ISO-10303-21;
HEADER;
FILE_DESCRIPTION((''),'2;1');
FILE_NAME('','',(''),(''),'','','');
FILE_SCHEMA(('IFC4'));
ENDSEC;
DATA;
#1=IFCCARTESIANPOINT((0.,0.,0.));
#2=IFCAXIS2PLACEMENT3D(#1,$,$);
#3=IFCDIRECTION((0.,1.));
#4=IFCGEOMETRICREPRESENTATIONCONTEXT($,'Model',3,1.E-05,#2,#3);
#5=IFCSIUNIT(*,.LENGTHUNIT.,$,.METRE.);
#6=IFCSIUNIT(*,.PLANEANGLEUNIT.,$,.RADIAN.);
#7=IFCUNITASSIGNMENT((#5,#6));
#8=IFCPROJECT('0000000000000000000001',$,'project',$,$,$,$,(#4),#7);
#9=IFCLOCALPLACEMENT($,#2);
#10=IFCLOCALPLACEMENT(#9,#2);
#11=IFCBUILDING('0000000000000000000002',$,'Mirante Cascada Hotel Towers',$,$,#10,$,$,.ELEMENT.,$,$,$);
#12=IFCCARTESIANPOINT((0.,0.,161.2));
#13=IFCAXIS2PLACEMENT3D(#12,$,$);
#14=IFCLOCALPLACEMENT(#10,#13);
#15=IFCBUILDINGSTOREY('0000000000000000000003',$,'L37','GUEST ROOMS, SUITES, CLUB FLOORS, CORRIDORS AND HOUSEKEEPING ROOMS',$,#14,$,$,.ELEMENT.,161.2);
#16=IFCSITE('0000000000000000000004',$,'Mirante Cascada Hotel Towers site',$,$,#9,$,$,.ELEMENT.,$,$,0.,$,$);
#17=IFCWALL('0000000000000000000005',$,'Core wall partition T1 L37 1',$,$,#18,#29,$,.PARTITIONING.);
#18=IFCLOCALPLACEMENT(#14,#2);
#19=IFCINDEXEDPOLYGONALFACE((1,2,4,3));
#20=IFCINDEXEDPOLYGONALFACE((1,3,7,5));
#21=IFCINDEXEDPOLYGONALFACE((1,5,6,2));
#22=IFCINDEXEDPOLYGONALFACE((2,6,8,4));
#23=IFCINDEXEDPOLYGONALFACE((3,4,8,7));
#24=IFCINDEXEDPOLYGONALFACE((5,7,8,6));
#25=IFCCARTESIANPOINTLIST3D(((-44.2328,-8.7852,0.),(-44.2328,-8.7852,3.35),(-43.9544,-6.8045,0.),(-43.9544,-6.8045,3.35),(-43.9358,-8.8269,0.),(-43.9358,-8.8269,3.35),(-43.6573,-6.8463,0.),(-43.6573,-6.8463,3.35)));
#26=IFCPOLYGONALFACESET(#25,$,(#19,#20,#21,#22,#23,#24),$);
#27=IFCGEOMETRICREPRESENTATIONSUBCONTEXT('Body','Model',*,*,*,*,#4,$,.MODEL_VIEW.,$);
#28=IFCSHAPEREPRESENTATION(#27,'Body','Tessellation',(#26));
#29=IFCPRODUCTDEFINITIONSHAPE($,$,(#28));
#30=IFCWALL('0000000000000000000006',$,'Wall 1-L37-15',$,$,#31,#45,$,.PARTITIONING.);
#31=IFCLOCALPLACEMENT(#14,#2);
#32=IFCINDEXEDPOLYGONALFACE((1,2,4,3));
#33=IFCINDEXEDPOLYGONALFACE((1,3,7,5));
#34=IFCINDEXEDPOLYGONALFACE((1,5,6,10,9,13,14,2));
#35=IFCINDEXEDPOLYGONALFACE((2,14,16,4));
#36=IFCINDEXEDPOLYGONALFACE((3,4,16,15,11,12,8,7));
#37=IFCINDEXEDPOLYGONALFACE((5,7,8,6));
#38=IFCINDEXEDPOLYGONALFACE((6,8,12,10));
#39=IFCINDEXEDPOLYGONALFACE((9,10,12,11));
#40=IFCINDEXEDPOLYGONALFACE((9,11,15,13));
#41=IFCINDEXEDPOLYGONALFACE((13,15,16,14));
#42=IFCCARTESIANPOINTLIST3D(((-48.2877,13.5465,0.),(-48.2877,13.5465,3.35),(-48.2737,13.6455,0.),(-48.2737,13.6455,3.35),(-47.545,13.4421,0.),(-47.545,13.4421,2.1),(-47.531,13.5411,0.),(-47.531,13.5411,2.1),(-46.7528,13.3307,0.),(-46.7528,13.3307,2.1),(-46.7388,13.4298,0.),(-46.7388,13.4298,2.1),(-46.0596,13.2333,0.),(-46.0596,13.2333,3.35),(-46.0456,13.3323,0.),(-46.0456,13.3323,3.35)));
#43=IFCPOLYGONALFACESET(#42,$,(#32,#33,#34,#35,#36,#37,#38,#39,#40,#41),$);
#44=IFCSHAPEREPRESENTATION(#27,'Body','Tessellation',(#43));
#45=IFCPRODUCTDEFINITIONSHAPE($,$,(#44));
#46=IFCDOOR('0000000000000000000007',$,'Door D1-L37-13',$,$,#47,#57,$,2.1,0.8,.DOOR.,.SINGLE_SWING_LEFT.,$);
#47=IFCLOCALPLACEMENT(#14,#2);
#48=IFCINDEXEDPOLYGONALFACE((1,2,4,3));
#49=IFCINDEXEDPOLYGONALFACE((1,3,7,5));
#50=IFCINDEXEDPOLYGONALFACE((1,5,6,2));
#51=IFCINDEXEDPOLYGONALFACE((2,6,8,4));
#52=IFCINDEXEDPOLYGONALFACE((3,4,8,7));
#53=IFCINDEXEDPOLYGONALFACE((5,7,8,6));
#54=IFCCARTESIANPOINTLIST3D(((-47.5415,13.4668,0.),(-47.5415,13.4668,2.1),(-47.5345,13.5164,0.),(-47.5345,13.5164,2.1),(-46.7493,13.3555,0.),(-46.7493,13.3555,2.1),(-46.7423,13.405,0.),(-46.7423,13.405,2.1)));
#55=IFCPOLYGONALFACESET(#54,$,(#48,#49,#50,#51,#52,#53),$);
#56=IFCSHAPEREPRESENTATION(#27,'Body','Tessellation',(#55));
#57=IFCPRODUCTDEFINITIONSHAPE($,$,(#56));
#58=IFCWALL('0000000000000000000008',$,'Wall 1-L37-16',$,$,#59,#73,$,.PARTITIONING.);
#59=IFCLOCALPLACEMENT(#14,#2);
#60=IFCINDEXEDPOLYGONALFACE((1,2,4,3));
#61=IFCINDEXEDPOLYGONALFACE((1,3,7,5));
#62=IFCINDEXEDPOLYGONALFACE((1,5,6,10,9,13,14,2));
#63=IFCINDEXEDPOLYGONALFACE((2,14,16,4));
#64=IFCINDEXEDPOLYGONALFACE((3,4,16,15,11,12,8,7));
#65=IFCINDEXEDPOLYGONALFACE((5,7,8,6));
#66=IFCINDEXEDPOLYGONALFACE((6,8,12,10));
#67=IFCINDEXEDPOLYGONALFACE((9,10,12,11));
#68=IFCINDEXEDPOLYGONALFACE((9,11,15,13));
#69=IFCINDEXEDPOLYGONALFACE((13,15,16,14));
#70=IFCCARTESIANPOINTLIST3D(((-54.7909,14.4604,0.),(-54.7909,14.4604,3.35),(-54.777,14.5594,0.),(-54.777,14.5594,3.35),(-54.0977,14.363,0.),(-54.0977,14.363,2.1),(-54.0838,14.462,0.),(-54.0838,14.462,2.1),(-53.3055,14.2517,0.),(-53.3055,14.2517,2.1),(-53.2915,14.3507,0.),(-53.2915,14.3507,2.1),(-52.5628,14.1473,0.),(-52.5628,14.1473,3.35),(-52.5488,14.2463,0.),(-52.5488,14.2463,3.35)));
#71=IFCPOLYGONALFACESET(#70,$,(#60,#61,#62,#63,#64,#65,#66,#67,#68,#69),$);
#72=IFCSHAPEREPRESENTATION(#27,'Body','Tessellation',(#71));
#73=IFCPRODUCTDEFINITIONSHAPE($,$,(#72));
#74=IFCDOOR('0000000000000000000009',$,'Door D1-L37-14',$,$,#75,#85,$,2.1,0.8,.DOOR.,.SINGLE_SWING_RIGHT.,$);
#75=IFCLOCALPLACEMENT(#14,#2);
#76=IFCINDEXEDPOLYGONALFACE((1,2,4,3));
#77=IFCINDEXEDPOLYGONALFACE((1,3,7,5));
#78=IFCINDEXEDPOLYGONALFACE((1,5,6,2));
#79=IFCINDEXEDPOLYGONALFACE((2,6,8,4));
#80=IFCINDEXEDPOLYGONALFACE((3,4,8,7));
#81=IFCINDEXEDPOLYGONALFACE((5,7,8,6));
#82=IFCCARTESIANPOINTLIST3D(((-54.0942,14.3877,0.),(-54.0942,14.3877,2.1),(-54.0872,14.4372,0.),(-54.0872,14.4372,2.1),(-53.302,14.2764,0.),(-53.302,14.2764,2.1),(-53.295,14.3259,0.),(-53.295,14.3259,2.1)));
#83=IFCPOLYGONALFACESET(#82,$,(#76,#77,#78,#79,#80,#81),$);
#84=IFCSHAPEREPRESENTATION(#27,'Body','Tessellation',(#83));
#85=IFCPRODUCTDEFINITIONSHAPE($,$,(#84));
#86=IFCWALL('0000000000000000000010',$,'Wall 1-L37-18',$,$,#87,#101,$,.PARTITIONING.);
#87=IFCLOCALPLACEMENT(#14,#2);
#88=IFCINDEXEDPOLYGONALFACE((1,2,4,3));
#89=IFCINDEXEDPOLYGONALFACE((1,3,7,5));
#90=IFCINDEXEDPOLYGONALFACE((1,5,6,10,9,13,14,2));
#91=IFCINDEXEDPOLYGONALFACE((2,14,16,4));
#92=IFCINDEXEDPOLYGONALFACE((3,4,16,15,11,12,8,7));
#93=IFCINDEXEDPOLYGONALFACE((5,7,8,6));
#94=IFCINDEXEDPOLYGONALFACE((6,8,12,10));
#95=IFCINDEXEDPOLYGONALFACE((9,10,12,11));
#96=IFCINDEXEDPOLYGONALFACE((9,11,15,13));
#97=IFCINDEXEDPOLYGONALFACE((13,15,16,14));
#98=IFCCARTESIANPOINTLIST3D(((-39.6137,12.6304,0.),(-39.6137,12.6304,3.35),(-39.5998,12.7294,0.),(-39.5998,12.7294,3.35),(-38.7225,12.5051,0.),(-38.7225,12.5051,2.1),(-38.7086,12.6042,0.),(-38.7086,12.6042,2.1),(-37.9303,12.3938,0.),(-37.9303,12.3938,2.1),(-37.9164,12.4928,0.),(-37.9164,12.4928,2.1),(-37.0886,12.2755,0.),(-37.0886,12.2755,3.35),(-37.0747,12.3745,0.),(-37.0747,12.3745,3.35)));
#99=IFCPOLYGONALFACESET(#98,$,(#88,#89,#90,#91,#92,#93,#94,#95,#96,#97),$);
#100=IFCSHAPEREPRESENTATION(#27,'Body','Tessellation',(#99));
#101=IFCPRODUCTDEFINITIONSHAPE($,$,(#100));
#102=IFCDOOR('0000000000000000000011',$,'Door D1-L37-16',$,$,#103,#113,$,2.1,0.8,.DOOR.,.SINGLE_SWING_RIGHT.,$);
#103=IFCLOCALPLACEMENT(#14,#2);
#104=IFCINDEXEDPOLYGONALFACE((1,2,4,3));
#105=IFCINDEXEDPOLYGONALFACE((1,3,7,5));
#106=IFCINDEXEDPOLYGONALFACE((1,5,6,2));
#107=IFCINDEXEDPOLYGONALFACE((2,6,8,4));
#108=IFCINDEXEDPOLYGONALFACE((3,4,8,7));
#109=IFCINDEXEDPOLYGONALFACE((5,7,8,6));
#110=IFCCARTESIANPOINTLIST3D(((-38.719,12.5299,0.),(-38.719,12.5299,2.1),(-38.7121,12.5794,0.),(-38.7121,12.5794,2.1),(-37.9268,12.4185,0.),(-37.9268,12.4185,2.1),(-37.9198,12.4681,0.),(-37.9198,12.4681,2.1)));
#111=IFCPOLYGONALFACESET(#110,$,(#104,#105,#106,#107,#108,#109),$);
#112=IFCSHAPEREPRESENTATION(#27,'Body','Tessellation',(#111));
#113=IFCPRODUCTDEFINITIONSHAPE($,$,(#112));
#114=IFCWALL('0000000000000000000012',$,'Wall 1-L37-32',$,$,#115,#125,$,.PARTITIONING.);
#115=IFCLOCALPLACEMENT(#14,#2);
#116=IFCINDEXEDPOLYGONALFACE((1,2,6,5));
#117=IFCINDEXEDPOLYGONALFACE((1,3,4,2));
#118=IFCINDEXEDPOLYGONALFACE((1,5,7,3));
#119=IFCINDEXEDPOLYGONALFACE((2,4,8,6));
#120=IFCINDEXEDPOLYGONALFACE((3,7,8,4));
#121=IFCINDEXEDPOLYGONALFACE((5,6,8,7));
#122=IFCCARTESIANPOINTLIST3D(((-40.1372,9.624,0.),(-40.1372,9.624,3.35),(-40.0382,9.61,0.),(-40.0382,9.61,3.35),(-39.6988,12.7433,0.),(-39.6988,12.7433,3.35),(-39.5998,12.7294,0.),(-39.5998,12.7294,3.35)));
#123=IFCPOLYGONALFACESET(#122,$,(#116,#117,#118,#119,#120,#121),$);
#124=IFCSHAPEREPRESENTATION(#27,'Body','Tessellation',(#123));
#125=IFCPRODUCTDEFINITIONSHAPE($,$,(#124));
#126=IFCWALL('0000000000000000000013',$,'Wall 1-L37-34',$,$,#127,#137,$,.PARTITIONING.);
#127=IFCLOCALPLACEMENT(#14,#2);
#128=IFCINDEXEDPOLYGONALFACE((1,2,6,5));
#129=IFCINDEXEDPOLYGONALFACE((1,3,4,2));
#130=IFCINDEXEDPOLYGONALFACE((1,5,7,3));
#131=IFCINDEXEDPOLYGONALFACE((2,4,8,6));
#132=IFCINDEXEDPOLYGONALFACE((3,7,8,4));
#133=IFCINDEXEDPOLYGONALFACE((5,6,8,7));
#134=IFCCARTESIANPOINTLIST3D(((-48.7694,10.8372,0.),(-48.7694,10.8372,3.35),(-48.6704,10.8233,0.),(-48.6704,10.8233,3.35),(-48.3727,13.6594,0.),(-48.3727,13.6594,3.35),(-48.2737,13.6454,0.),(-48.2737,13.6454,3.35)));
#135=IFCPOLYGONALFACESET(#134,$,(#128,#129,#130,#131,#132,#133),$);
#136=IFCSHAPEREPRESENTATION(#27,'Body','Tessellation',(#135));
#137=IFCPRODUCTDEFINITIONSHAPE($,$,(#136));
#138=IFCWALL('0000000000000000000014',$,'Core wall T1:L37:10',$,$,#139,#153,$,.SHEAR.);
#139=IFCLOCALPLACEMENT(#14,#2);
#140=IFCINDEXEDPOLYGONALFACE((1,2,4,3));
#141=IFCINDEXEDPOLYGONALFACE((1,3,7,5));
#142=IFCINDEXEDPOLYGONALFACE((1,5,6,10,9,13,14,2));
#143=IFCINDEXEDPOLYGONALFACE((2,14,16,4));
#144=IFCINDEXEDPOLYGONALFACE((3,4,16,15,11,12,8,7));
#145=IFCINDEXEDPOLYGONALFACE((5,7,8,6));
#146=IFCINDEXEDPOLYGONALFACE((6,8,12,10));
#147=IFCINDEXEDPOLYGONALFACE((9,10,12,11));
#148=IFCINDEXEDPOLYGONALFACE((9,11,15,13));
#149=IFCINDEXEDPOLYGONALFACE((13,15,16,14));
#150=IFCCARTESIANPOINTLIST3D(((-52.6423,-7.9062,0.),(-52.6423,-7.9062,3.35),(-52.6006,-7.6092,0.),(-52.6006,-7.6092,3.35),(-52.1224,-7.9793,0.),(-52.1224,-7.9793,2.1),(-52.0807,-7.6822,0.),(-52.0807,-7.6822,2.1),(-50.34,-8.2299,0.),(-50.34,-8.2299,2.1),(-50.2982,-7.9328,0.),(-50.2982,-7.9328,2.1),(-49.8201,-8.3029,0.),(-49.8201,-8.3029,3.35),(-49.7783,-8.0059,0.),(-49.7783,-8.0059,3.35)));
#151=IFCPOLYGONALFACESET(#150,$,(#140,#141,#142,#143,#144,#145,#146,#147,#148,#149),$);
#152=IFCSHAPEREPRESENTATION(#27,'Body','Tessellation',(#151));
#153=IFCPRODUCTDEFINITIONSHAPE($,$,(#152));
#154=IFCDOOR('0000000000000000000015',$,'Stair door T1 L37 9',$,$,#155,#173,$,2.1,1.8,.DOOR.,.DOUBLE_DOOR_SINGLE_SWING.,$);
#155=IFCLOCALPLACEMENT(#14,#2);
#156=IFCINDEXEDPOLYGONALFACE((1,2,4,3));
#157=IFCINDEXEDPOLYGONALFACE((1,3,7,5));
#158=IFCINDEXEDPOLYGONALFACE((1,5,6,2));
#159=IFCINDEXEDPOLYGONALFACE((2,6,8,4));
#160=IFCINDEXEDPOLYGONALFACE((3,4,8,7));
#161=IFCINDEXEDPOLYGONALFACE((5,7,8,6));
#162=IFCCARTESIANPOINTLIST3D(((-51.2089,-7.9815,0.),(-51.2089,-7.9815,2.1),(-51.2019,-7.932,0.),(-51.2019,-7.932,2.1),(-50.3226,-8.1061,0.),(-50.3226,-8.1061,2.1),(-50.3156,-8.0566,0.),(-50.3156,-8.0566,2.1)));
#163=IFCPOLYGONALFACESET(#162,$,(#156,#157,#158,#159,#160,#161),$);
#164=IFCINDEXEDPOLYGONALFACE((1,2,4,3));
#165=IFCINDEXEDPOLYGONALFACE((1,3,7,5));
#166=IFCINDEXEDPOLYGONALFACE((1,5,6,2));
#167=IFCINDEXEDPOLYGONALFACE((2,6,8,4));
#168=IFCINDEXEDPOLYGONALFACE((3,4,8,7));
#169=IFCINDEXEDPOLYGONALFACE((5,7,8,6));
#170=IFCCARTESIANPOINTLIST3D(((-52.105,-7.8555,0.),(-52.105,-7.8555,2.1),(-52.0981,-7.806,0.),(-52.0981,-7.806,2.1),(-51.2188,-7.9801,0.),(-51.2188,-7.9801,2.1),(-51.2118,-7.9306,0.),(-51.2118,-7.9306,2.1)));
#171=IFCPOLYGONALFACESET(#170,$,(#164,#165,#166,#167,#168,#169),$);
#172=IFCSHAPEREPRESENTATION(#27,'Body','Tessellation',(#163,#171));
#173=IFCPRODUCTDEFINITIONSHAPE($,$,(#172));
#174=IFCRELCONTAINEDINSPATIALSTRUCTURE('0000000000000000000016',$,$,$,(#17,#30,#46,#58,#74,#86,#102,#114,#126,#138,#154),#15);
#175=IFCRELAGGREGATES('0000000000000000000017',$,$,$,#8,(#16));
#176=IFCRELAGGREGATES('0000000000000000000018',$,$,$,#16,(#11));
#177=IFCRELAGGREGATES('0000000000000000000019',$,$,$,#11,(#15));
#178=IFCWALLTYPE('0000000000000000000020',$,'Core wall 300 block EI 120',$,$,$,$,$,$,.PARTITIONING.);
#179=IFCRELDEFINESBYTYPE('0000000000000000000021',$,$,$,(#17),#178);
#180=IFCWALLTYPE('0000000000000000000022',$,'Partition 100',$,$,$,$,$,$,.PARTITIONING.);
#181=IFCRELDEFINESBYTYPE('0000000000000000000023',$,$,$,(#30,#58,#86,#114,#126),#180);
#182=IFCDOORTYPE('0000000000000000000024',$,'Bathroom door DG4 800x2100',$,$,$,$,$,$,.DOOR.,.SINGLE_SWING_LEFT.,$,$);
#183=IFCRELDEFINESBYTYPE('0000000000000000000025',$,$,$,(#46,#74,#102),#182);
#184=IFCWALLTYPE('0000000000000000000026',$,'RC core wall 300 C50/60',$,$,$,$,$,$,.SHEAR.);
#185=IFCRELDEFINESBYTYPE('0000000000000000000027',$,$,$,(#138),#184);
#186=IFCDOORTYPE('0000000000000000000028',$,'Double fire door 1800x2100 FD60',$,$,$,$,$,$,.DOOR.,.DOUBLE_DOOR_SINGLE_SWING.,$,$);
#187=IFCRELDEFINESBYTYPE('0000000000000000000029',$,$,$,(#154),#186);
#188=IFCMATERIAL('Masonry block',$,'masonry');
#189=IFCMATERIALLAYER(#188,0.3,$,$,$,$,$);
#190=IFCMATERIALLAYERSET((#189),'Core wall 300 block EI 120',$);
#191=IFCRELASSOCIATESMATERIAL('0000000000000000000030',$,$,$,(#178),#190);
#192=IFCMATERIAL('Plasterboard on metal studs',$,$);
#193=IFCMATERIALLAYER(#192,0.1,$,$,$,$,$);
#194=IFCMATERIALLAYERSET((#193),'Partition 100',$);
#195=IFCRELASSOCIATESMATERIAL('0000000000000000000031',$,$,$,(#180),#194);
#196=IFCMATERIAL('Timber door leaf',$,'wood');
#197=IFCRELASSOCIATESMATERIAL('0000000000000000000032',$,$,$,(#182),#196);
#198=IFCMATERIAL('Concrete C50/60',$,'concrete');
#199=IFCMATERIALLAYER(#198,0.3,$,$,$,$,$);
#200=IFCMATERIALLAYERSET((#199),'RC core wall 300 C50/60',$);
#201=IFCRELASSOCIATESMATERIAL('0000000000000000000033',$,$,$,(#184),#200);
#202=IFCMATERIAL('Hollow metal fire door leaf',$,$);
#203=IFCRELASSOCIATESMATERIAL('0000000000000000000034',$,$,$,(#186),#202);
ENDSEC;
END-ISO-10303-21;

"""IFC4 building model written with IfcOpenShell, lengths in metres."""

from ifc_helpers import new_model, si_unit, direction, frame, frame_2d, origin, place, context, subcontext, project, spatial, rectangle, extrude, material, layer, layer_set, type_object, element, fill, save


model = new_model("IFC4")

# Units and contexts
model_context = context("Model", 3, precision=1e-05, world=origin(), true_north=direction((0.0, 1.0)))
body_context = subcontext(model_context, "Body", "Model", "MODEL_VIEW")
ifc_project = project(units=[si_unit("LENGTHUNIT", "METRE"), si_unit("PLANEANGLEUNIT", "RADIAN")], contexts=[model_context])

# Site, building, storey
site_placement = place(None, origin())
site = spatial("IfcSite", under=ifc_project, at=site_placement, Name="Mirante Cascada Hotel Towers site", CompositionType="ELEMENT", RefElevation=0.0)
building_placement = place(site_placement, origin())
building = spatial("IfcBuilding", under=site, at=building_placement, Name="Mirante Cascada Hotel Towers", CompositionType="ELEMENT")
storey_placement = place(building_placement, frame((0.0, 0.0, 161.2)))
storey = spatial("IfcBuildingStorey", under=building, at=storey_placement, Name="L37", Description="GUEST ROOMS, SUITES, CLUB FLOORS, CORRIDORS AND HOUSEKEEPING ROOMS", CompositionType="ELEMENT", Elevation=161.2)

# Wall
ifc_material_1 = material(Name="Masonry block", Category="masonry")
ifc_layer_1 = layer(ifc_material_1, 0.3)
ifc_layer_set_1 = layer_set([ifc_layer_1], Name="Core wall 300 block EI 120")
wall_type_1 = type_object("IfcWallType", Name="Core wall 300 block EI 120", PredefinedType="PARTITIONING", material=ifc_layer_set_1)
wall_1_placement = place(storey_placement, frame((-44.0843, -8.8061, 0.0), z_axis=(0.0, 0.0, 1.0), x_axis=(0.139195, 0.990265, 0.0)))
element("IfcWall", 1, at=wall_1_placement, inside=storey, type_object=wall_type_1, Name="Core wall partition T1 L37 1", PredefinedType="PARTITIONING", context=body_context, shape_type="SweptSolid", body=[
    extrude(rectangle(XDim=2.0001, YDim=0.3, at=frame_2d((1.0001, 0.0))), origin(), (0.0, 0.0, 1.0), 3.35),
])

# Walls, openings, doors
ifc_material_2 = material(Name="Plasterboard on metal studs")
ifc_layer_2 = layer(ifc_material_2, 0.1)
ifc_layer_set_2 = layer_set([ifc_layer_2], Name="Partition 100")
wall_type_2 = type_object("IfcWallType", Name="Partition 100", PredefinedType="PARTITIONING", material=ifc_layer_set_2)
wall_2_placement = place(storey_placement, frame((-48.2807, 13.596, 0.0), z_axis=(0.0, 0.0, 1.0), x_axis=(0.990264, -0.1392, 0.0)))
wall_2 = element("IfcWall", 2, at=wall_2_placement, inside=storey, type_object=wall_type_2, Name="Wall 1-L37-15", PredefinedType="PARTITIONING", context=body_context, shape_type="SweptSolid", body=[
    extrude(rectangle(XDim=2.25, YDim=0.1, at=frame_2d((1.125, 0.0))), origin(), (0.0, 0.0, 1.0), 3.35),
])
opening_1_placement = place(wall_2_placement, frame((0.75, 0.0, 0.0)))
opening_1 = element("IfcOpeningElement", 3, at=opening_1_placement, cuts=wall_2, PredefinedType="OPENING", context=body_context, shape_type="SweptSolid", body=[
    extrude(rectangle(XDim=0.8, YDim=2.1, at=frame_2d((0.4, 1.05))), frame((0.0, 0.05, 0.0), z_axis=(0.0, -1.0, 0.0), x_axis=(1.0, 0.0, 0.0)), (0.0, 0.0, 1.0), 0.1),
])
ifc_material_3 = material(Name="Timber door leaf", Category="wood")
door_type_1 = type_object("IfcDoorType", Name="Bathroom door DG4 800x2100", OperationType="SINGLE_SWING_LEFT", PredefinedType="DOOR", material=ifc_material_3)
door_1_placement = place(opening_1_placement, origin())
door_1 = element("IfcDoor", 4, at=door_1_placement, inside=storey, type_object=door_type_1, Name="Door D1-L37-13", OperationType="SINGLE_SWING_LEFT", OverallHeight=2.1, OverallWidth=0.8, PredefinedType="DOOR", context=body_context, shape_type="SweptSolid", body=[
    extrude(rectangle(XDim=0.8, YDim=2.1, at=frame_2d((0.4, 1.05))), frame((0.0, 0.025, 0.0), z_axis=(0.0, -1.0, 0.0), x_axis=(1.0, 0.0, 0.0)), (0.0, 0.0, 1.0), 0.05),
])
fill(opening_1, door_1)
wall_3_placement = place(storey_placement, frame((-52.5558, 14.1968, 0.0), z_axis=(0.0, 0.0, 1.0), x_axis=(-0.990271, 0.139156, 0.0)))
wall_3 = element("IfcWall", 5, at=wall_3_placement, inside=storey, type_object=wall_type_2, Name="Wall 1-L37-16", PredefinedType="PARTITIONING", context=body_context, shape_type="SweptSolid", body=[
    extrude(rectangle(XDim=2.25, YDim=0.1, at=frame_2d((1.125, 0.0))), origin(), (0.0, 0.0, 1.0), 3.35),
])
opening_2_placement = place(wall_3_placement, frame((0.75, 0.0, 0.0)))
opening_2 = element("IfcOpeningElement", 6, at=opening_2_placement, cuts=wall_3, PredefinedType="OPENING", context=body_context, shape_type="SweptSolid", body=[
    extrude(rectangle(XDim=0.8, YDim=2.1, at=frame_2d((0.4, 1.05))), frame((0.0, 0.05, 0.0), z_axis=(0.0, -1.0, 0.0), x_axis=(1.0, 0.0, 0.0)), (0.0, 0.0, 1.0), 0.1),
])
door_2_placement = place(opening_2_placement, frame((0.8, 0.0, 0.0), z_axis=(0.0, 0.0, 1.0), x_axis=(-1.0, 0.0, 0.0)))
door_2 = element("IfcDoor", 7, at=door_2_placement, inside=storey, type_object=door_type_1, Name="Door D1-L37-14", OperationType="SINGLE_SWING_RIGHT", OverallHeight=2.1, OverallWidth=0.8, PredefinedType="DOOR", context=body_context, shape_type="SweptSolid", body=[
    extrude(rectangle(XDim=0.8, YDim=2.1, at=frame_2d((0.4, 1.05))), frame((0.0, 0.025, 0.0), z_axis=(0.0, -1.0, 0.0), x_axis=(1.0, 0.0, 0.0)), (0.0, 0.0, 1.0), 0.05),
])
fill(opening_2, door_2)
wall_4_placement = place(storey_placement, frame((-37.0816, 12.325, 0.0), z_axis=(0.0, 0.0, 1.0), x_axis=(-0.990267, 0.139181, 0.0)))
wall_4 = element("IfcWall", 8, at=wall_4_placement, inside=storey, type_object=wall_type_2, Name="Wall 1-L37-18", PredefinedType="PARTITIONING", context=body_context, shape_type="SweptSolid", body=[
    extrude(rectangle(XDim=2.5499, YDim=0.1, at=frame_2d((1.275, 0.0))), origin(), (0.0, 0.0, 1.0), 3.35),
])
opening_3_placement = place(wall_4_placement, frame((0.85, 0.0, 0.0)))
opening_3 = element("IfcOpeningElement", 9, at=opening_3_placement, cuts=wall_4, PredefinedType="OPENING", context=body_context, shape_type="SweptSolid", body=[
    extrude(rectangle(XDim=0.8, YDim=2.1, at=frame_2d((0.4, 1.05))), frame((0.0, 0.05, 0.0), z_axis=(0.0, -1.0, 0.0), x_axis=(1.0, 0.0, 0.0)), (0.0, 0.0, 1.0), 0.1),
])
door_3_placement = place(opening_3_placement, frame((0.8, 0.0, 0.0), z_axis=(0.0, 0.0, 1.0), x_axis=(-1.0, 0.0, 0.0)))
door_3 = element("IfcDoor", 10, at=door_3_placement, inside=storey, type_object=door_type_1, Name="Door D1-L37-16", OperationType="SINGLE_SWING_RIGHT", OverallHeight=2.1, OverallWidth=0.8, PredefinedType="DOOR", context=body_context, shape_type="SweptSolid", body=[
    extrude(rectangle(XDim=0.8, YDim=2.1, at=frame_2d((0.4, 1.05))), frame((0.0, 0.025, 0.0), z_axis=(0.0, -1.0, 0.0), x_axis=(1.0, 0.0, 0.0)), (0.0, 0.0, 1.0), 0.05),
])
fill(opening_3, door_3)

# Walls
wall_5_placement = place(storey_placement, frame((-40.0877, 9.617, 0.0), z_axis=(0.0, 0.0, 1.0), x_axis=(0.139177, 0.990268, 0.0)))
element("IfcWall", 11, at=wall_5_placement, inside=storey, type_object=wall_type_2, Name="Wall 1-L37-32", PredefinedType="PARTITIONING", context=body_context, shape_type="SweptSolid", body=[
    extrude(rectangle(XDim=3.15, YDim=0.1, at=frame_2d((1.575, 0.0))), origin(), (0.0, 0.0, 1.0), 3.35),
])
wall_6_placement = place(storey_placement, frame((-48.7199, 10.8302, 0.0), z_axis=(0.0, 0.0, 1.0), x_axis=(0.139196, 0.990265, 0.0)))
element("IfcWall", 12, at=wall_6_placement, inside=storey, type_object=wall_type_2, Name="Wall 1-L37-34", PredefinedType="PARTITIONING", context=body_context, shape_type="SweptSolid", body=[
    extrude(rectangle(XDim=2.8499, YDim=0.1, at=frame_2d((1.425, 0.0))), origin(), (0.0, 0.0, 1.0), 3.35),
])

# Wall, opening, door
ifc_material_4 = material(Name="Concrete C50/60", Category="concrete")
ifc_layer_3 = layer(ifc_material_4, 0.3)
ifc_layer_set_3 = layer_set([ifc_layer_3], Name="RC core wall 300 C50/60")
wall_type_3 = type_object("IfcWallType", Name="RC core wall 300 C50/60", PredefinedType="SHEAR", material=ifc_layer_set_3)
wall_7_placement = place(storey_placement, frame((-49.7992, -8.1544, 0.0), z_axis=(0.0, 0.0, 1.0), x_axis=(-0.990266, 0.139191, 0.0)))
wall_7 = element("IfcWall", 13, at=wall_7_placement, inside=storey, type_object=wall_type_3, Name="Core wall T1:L37:10", PredefinedType="SHEAR", context=body_context, shape_type="SweptSolid", body=[
    extrude(rectangle(XDim=2.85, YDim=0.3, at=frame_2d((1.425, 0.0))), origin(), (0.0, 0.0, 1.0), 3.35),
])
opening_4_placement = place(wall_7_placement, frame((0.525, 0.0, 0.0)))
opening_4 = element("IfcOpeningElement", 14, at=opening_4_placement, cuts=wall_7, PredefinedType="OPENING", context=body_context, shape_type="SweptSolid", body=[
    extrude(rectangle(XDim=1.8, YDim=2.1, at=frame_2d((0.9, 1.05))), frame((0.0, 0.15, 0.0), z_axis=(0.0, -1.0, 0.0), x_axis=(1.0, 0.0, 0.0)), (0.0, 0.0, 1.0), 0.3),
])
ifc_material_5 = material(Name="Hollow metal fire door leaf")
door_type_2 = type_object("IfcDoorType", Name="Double fire door 1800x2100 FD60", OperationType="DOUBLE_DOOR_SINGLE_SWING", PredefinedType="DOOR", material=ifc_material_5)
door_4_placement = place(opening_4_placement, origin())
door_4 = element("IfcDoor", 15, at=door_4_placement, inside=storey, type_object=door_type_2, Name="Stair door T1 L37 9", OperationType="DOUBLE_DOOR_SINGLE_SWING", OverallHeight=2.1, OverallWidth=1.8, PredefinedType="DOOR", context=body_context, shape_type="SweptSolid", body=[
    extrude(rectangle(XDim=0.895, YDim=2.1, at=frame_2d((0.4475, 1.05))), frame((0.0, 0.025, 0.0), z_axis=(0.0, -1.0, 0.0), x_axis=(1.0, 0.0, 0.0)), (0.0, 0.0, 1.0), 0.05),
    extrude(rectangle(XDim=0.895, YDim=2.1, at=frame_2d((1.3525, 1.05))), frame((0.0, 0.025, 0.0), z_axis=(0.0, -1.0, 0.0), x_axis=(1.0, 0.0, 0.0)), (0.0, 0.0, 1.0), 0.05),
])
fill(opening_4, door_4)

save(model, "model.ifc")
